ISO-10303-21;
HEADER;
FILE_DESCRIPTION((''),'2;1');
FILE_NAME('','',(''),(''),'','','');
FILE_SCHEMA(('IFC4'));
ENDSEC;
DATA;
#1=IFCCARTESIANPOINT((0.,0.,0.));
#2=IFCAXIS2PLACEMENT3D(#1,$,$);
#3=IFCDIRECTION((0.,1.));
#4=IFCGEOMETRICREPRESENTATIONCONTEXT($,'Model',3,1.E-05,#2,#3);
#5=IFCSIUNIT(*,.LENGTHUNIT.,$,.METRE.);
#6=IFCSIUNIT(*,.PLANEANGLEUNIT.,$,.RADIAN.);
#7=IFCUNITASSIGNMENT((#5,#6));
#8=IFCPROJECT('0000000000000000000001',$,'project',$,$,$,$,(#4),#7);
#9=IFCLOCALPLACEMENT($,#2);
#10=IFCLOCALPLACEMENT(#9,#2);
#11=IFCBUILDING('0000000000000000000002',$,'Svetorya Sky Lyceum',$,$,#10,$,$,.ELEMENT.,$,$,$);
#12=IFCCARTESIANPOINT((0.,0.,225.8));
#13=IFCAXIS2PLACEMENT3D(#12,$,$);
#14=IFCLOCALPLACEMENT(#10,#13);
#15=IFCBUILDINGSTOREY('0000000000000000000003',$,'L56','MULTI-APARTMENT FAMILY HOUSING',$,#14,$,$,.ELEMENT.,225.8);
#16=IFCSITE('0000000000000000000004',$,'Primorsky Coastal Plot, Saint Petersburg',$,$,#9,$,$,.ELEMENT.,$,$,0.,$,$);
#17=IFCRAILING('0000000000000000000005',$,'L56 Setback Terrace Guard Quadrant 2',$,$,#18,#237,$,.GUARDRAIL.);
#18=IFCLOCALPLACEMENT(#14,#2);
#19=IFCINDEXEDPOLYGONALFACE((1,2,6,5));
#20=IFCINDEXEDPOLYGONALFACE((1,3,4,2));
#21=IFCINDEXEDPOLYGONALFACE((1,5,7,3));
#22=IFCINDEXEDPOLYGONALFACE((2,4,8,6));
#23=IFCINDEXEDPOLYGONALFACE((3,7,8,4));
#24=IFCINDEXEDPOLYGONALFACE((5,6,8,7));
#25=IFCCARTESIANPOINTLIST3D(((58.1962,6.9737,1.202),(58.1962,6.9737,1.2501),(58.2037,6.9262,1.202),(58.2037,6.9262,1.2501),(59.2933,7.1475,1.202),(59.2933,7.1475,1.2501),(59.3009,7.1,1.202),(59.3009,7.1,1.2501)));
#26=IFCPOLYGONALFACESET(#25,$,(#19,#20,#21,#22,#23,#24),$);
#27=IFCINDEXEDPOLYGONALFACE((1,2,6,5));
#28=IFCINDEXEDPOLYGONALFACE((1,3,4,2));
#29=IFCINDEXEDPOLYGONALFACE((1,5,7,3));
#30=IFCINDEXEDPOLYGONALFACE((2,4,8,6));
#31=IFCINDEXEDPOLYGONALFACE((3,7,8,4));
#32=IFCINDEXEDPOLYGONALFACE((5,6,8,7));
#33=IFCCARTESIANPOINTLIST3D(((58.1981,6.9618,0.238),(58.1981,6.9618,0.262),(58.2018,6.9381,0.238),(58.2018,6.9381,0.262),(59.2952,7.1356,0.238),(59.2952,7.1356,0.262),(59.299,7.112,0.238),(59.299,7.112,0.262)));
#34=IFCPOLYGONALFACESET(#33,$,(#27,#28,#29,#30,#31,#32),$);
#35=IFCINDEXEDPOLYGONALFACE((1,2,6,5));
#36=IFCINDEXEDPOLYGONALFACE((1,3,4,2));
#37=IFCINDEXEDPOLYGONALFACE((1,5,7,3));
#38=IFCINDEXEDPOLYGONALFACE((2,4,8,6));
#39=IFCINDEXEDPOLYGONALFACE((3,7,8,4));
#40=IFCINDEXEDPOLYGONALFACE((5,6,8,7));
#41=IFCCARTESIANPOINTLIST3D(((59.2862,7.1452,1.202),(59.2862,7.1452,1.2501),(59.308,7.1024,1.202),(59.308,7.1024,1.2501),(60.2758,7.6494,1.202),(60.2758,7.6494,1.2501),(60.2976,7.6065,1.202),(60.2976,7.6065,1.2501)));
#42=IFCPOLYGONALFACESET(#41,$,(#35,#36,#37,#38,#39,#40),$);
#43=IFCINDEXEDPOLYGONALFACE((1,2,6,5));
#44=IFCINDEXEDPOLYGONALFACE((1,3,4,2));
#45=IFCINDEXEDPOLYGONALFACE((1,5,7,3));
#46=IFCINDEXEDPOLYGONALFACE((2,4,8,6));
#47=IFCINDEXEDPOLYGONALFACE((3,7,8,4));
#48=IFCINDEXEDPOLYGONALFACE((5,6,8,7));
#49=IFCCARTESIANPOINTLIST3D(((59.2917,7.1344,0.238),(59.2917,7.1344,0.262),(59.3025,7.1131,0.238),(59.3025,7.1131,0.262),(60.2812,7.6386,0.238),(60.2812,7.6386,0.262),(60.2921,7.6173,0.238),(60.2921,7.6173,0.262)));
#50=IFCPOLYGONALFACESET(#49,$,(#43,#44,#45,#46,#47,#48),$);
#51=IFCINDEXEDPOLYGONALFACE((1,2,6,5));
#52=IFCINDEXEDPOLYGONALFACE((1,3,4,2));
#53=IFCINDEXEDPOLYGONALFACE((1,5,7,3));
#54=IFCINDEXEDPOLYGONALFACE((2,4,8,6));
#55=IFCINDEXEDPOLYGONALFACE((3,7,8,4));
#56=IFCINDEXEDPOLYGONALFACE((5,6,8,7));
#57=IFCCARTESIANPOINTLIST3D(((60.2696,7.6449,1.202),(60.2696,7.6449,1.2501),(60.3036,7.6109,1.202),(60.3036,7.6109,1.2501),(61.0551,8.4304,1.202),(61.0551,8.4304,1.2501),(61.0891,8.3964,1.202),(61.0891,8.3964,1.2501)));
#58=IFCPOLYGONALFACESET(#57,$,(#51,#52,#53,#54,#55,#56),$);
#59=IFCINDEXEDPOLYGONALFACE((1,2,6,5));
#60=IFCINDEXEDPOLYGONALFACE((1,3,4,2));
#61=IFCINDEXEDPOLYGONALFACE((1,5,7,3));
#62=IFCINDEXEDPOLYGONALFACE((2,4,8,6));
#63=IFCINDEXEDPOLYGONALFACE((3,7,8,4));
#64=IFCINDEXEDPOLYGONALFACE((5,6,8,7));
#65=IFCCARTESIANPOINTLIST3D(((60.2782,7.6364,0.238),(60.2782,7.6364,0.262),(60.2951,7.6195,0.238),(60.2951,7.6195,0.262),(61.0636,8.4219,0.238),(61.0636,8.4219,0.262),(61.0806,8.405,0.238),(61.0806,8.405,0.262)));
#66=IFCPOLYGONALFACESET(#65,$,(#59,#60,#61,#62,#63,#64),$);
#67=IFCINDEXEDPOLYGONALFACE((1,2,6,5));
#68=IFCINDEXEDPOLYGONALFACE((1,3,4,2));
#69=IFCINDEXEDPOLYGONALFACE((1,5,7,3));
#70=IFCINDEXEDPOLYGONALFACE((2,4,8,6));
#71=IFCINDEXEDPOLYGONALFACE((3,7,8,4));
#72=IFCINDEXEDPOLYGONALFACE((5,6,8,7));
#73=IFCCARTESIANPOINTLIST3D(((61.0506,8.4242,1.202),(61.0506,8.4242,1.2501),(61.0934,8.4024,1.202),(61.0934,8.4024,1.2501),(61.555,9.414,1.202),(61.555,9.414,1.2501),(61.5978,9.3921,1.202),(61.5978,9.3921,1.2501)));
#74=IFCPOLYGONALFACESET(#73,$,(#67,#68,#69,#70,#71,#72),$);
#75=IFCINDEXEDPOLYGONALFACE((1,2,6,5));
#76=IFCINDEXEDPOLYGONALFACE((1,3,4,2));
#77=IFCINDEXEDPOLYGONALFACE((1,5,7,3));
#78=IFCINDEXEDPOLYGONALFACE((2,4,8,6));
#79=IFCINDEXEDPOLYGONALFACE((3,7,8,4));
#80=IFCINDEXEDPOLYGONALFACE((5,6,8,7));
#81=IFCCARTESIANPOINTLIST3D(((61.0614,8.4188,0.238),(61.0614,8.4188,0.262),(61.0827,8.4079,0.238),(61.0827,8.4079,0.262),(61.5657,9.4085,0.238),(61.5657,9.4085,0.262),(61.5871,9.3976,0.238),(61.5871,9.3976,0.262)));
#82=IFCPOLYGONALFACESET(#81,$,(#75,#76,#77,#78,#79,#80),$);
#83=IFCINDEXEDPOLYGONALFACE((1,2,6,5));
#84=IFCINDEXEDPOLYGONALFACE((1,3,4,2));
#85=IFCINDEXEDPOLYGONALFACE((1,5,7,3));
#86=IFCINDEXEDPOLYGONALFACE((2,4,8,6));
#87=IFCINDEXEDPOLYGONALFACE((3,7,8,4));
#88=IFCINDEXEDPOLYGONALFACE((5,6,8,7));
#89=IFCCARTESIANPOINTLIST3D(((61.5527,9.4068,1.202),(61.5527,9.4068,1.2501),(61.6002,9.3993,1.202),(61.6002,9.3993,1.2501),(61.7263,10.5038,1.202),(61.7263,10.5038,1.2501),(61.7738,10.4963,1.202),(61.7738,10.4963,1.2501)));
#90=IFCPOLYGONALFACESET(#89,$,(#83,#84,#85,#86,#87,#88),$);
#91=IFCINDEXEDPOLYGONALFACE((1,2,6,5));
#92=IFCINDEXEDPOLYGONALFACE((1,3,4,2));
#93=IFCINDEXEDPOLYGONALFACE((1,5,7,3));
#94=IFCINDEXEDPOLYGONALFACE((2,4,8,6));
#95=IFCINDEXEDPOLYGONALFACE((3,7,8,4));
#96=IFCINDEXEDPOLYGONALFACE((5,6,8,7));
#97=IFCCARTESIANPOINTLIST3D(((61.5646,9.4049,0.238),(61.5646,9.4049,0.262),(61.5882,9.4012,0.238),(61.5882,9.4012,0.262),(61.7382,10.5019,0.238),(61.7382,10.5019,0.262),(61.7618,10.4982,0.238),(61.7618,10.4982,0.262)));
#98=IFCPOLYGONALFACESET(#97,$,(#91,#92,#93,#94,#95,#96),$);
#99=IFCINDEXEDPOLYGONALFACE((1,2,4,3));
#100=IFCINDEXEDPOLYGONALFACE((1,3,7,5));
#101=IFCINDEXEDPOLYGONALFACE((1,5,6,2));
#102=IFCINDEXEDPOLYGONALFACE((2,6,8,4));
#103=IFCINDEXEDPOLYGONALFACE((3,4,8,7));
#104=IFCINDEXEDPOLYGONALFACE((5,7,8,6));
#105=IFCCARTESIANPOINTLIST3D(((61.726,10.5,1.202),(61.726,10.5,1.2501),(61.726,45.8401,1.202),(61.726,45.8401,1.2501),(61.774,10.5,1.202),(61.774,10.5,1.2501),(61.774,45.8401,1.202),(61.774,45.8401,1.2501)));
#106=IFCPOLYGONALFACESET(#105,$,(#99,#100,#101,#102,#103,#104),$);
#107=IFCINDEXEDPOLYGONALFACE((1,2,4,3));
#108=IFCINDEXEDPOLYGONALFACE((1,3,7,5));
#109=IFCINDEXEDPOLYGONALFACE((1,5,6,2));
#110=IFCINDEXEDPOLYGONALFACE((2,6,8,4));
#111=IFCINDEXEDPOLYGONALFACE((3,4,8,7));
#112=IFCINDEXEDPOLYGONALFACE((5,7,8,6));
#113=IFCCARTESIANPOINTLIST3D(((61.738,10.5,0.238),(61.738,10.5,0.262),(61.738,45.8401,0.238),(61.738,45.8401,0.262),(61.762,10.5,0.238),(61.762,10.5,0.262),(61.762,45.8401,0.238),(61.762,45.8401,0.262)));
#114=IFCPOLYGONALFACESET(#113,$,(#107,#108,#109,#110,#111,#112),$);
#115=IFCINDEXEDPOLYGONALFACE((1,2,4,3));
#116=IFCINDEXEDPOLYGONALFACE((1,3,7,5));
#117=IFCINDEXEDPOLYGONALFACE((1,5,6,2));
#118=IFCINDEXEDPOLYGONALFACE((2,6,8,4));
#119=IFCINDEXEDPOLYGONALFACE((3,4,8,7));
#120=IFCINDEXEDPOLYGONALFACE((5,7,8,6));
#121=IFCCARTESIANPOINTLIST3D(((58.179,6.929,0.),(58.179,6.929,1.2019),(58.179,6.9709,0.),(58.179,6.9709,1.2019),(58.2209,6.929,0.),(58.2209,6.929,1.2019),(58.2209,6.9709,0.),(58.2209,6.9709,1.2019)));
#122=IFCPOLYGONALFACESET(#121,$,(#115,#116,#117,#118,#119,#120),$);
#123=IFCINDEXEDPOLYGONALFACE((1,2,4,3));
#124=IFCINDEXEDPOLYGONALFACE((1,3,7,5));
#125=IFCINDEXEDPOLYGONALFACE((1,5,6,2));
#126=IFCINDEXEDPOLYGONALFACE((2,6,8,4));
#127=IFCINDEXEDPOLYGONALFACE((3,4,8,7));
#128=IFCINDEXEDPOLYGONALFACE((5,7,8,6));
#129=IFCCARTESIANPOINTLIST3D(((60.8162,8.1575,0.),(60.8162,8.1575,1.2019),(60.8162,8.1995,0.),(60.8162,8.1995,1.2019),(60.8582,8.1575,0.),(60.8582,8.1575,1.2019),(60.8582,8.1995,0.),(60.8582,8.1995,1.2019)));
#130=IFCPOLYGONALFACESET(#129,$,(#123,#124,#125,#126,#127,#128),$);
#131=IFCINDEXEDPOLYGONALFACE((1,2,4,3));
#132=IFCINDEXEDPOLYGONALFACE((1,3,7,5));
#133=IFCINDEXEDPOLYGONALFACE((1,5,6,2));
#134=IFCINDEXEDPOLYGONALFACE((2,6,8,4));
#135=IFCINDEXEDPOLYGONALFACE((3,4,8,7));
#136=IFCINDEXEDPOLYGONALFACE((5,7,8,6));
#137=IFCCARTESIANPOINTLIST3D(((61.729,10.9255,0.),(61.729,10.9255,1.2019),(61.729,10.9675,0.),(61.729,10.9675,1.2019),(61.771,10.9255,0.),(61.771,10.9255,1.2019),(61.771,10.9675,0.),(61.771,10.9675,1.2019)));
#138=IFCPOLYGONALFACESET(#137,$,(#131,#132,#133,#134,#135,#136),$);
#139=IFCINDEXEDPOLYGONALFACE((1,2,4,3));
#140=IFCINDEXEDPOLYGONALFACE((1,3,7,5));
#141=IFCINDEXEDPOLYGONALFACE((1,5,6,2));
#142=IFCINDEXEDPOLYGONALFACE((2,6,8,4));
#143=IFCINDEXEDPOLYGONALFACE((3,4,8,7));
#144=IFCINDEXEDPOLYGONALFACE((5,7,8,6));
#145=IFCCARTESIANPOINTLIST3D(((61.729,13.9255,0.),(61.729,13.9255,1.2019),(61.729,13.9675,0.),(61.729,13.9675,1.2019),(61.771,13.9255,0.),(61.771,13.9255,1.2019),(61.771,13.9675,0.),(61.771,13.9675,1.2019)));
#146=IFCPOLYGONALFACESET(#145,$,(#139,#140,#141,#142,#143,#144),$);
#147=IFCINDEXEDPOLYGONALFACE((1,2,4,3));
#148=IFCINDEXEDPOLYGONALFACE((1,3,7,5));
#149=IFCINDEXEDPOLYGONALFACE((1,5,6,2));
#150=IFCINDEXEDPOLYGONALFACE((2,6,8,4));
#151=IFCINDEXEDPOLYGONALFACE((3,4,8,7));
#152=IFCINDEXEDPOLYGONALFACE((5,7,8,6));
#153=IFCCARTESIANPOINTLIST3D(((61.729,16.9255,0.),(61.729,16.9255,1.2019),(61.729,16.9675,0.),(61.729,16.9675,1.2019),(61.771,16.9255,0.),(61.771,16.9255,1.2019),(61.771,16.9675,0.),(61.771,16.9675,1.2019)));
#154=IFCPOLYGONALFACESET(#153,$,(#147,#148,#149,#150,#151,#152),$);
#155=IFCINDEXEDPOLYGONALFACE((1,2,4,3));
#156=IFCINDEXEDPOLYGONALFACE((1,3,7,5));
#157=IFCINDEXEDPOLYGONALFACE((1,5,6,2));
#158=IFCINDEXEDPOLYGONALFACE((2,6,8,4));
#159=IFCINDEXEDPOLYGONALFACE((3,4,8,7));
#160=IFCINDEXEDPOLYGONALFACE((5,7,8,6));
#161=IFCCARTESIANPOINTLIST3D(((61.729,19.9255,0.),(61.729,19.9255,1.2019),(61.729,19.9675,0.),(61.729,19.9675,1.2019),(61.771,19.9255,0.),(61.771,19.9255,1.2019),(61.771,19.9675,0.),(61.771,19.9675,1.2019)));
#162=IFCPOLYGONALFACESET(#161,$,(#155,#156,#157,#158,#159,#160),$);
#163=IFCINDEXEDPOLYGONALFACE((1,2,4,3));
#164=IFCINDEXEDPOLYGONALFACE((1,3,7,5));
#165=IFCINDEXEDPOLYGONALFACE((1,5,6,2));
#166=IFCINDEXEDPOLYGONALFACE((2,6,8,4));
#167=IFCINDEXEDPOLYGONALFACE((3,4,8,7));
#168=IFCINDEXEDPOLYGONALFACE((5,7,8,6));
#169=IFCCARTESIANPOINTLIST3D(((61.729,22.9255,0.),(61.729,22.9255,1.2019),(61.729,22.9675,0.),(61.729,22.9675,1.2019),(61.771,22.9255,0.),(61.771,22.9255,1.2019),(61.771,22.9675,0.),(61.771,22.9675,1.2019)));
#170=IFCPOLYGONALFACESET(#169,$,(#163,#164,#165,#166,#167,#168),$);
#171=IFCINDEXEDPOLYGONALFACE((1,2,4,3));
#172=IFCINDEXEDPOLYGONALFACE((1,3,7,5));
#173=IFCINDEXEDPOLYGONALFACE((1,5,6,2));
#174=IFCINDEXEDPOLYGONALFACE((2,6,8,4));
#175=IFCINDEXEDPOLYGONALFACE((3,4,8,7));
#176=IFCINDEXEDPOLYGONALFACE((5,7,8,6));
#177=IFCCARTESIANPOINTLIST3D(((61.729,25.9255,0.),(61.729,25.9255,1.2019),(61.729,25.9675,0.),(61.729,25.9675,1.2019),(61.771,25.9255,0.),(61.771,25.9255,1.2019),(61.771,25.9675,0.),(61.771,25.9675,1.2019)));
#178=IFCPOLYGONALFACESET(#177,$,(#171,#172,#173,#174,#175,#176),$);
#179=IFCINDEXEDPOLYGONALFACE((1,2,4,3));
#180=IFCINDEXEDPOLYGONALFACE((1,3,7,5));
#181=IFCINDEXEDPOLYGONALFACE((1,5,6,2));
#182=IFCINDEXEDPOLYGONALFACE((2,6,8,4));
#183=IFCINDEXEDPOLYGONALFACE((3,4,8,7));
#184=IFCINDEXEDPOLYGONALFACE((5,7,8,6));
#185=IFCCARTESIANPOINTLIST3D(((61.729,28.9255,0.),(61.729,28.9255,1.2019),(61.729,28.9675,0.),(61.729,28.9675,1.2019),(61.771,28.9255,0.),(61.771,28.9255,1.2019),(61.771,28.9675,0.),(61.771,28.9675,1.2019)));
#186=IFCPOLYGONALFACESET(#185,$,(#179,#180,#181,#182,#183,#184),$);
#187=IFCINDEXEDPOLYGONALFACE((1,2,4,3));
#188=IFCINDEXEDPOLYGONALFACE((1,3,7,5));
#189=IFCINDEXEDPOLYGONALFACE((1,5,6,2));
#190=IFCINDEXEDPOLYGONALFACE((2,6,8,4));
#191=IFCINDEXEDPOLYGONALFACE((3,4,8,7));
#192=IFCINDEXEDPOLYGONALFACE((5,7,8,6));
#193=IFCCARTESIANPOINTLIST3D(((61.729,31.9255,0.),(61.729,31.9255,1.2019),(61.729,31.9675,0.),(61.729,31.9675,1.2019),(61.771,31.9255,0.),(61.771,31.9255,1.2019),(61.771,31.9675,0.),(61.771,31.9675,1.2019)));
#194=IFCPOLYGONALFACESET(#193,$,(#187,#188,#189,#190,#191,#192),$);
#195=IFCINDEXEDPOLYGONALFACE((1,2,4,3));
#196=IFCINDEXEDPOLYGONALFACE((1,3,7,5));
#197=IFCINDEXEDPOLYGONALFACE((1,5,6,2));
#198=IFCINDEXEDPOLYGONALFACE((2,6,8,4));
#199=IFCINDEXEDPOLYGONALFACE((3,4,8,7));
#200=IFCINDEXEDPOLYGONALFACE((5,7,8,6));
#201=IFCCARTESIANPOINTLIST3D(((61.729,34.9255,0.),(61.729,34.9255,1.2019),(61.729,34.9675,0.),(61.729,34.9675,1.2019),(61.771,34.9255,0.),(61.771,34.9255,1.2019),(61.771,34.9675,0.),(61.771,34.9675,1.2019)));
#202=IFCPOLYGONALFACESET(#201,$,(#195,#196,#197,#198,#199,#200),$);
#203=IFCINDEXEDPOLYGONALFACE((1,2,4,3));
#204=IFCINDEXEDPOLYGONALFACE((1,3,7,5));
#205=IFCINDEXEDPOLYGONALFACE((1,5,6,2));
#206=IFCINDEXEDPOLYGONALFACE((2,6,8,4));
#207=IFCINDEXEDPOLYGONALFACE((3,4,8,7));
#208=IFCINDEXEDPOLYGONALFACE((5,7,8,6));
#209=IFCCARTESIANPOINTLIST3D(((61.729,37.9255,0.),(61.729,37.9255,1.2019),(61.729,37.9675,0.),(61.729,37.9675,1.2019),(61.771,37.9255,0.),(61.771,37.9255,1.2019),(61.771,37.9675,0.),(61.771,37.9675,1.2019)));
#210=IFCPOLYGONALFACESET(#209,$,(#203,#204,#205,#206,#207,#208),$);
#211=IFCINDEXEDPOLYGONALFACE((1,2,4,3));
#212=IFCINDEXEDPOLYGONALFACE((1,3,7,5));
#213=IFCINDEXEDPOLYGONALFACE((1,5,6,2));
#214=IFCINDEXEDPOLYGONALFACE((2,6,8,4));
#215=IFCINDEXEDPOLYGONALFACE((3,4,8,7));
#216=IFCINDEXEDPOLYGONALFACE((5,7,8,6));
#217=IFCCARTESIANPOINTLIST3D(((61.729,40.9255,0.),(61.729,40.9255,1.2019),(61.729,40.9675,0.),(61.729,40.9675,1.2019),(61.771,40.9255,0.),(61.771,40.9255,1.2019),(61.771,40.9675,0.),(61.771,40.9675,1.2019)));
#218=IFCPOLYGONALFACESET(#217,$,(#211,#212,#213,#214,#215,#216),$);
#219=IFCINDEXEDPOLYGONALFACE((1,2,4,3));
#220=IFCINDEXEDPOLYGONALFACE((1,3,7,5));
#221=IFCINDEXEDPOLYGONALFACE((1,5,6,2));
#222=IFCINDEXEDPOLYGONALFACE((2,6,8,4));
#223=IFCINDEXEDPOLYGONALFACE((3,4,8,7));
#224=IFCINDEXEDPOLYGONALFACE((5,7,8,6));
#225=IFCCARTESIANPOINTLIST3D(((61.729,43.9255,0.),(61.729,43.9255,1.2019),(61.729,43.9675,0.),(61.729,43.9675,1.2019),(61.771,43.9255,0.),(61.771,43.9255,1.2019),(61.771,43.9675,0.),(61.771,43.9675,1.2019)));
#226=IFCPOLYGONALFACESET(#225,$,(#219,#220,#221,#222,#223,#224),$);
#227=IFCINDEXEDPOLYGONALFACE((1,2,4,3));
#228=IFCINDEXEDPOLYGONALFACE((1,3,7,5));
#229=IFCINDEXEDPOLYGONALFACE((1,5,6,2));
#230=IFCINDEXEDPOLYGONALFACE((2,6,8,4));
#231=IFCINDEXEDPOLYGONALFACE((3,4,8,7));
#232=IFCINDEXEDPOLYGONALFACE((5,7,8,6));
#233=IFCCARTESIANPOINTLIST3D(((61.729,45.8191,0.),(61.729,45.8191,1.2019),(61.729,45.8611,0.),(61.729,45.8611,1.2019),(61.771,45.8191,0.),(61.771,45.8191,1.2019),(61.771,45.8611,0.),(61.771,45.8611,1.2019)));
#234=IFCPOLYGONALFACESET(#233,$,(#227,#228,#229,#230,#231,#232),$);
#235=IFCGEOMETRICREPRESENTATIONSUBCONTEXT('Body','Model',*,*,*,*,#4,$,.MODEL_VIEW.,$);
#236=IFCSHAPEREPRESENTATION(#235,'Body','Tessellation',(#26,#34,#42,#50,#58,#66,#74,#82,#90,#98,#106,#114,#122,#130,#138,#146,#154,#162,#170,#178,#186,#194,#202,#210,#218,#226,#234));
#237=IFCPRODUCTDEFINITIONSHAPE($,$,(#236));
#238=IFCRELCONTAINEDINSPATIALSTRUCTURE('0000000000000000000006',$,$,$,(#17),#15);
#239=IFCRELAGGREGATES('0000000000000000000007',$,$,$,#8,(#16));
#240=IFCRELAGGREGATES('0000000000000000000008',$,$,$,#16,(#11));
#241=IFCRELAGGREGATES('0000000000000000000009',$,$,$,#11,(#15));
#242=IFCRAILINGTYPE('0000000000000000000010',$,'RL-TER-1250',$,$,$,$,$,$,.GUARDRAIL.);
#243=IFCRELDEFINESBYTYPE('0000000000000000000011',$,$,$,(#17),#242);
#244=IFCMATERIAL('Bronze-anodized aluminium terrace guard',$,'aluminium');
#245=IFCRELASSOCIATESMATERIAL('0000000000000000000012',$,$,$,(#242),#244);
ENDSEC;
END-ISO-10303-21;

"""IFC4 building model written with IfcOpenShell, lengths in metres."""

from ifc_helpers import new_model, si_unit, direction, frame, origin, origin_2d, place, context, subcontext, project, spatial, rectangle, extrude, material, type_object, element, save


model = new_model("IFC4")

# Units and contexts
model_context = context("Model", 3, precision=1e-05, world=origin(), true_north=direction((0.0, 1.0)))
body_context = subcontext(model_context, "Body", "Model", "MODEL_VIEW")
ifc_project = project(units=[si_unit("LENGTHUNIT", "METRE"), si_unit("PLANEANGLEUNIT", "RADIAN")], contexts=[model_context])

# Site, building, storey
site_placement = place(None, origin())
site = spatial("IfcSite", under=ifc_project, at=site_placement, Name="Primorsky Coastal Plot, Saint Petersburg", CompositionType="ELEMENT", RefElevation=0.0)
building_placement = place(site_placement, origin())
building = spatial("IfcBuilding", under=site, at=building_placement, Name="Svetorya Sky Lyceum", CompositionType="ELEMENT")
storey_placement = place(building_placement, frame((0.0, 0.0, 225.8)))
storey = spatial("IfcBuildingStorey", under=building, at=storey_placement, Name="L56", Description="MULTI-APARTMENT FAMILY HOUSING", CompositionType="ELEMENT", Elevation=225.8)

# Railing
ifc_material_1 = material(Name="Bronze-anodized aluminium terrace guard", Category="aluminium")
railing_type = type_object("IfcRailingType", Name="RL-TER-1250", PredefinedType="GUARDRAIL", material=ifc_material_1)
railing_placement = place(storey_placement, frame((58.2, 6.95, 0.0)))
element("IfcRailing", 1, at=railing_placement, inside=storey, type_object=railing_type, Name="L56 Setback Terrace Guard Quadrant 2", PredefinedType="GUARDRAIL", context=body_context, shape_type="SweptSolid", body=[
    extrude(rectangle(XDim=0.0481, YDim=0.0481, at=origin_2d()), frame((0.0, 0.0, 1.2261), z_axis=(0.987681, 0.156482, 0.0), x_axis=(-0.156482, 0.987681, 0.0)), (0.0, 0.0, 1.0), 1.1108),
    extrude(rectangle(XDim=0.0239, YDim=0.0239, at=origin_2d()), frame((0.0, 0.0, 0.25), z_axis=(0.987681, 0.156482, 0.0), x_axis=(-0.156482, 0.987681, 0.0)), (0.0, 0.0, 1.0), 1.1108),
    extrude(rectangle(XDim=0.0481, YDim=0.0481, at=origin_2d()), frame((1.0972, 0.1738, 1.2261), z_axis=(0.891016, 0.453972, 0.0), x_axis=(-0.453972, 0.891016, 0.0)), (0.0, 0.0, 1.0), 1.1106),
    extrude(rectangle(XDim=0.0239, YDim=0.0239, at=origin_2d()), frame((1.0972, 0.1738, 0.25), z_axis=(0.891016, 0.453972, 0.0), x_axis=(-0.453972, 0.891016, 0.0)), (0.0, 0.0, 1.0), 1.1106),
    extrude(rectangle(XDim=0.0481, YDim=0.0481, at=origin_2d()), frame((2.0867, 0.678, 1.2261), z_axis=(0.707107, 0.707107, 0.0), x_axis=(-0.707107, 0.707107, 0.0)), (0.0, 0.0, 1.0), 1.1108),
    extrude(rectangle(XDim=0.0239, YDim=0.0239, at=origin_2d()), frame((2.0867, 0.678, 0.25), z_axis=(0.707107, 0.707107, 0.0), x_axis=(-0.707107, 0.707107, 0.0)), (0.0, 0.0, 1.0), 1.1108),
    extrude(rectangle(XDim=0.0481, YDim=0.0481, at=origin_2d()), frame((2.8721, 1.4634, 1.2261), z_axis=(0.454057, 0.890972, 0.0), x_axis=(-0.890972, 0.454057, 0.0)), (0.0, 0.0, 1.0), 1.1108),
    extrude(rectangle(XDim=0.0239, YDim=0.0239, at=origin_2d()), frame((2.8721, 1.4634, 0.25), z_axis=(0.454057, 0.890972, 0.0), x_axis=(-0.890972, 0.454057, 0.0)), (0.0, 0.0, 1.0), 1.1108),
    extrude(rectangle(XDim=0.0481, YDim=0.0481, at=origin_2d()), frame((3.3765, 2.4531, 1.2261), z_axis=(0.156301, 0.987709, 0.0), x_axis=(-0.987709, 0.156301, 0.0)), (0.0, 0.0, 1.0), 1.1106),
    extrude(rectangle(XDim=0.0239, YDim=0.0239, at=origin_2d()), frame((3.3765, 2.4531, 0.25), z_axis=(0.156301, 0.987709, 0.0), x_axis=(-0.987709, 0.156301, 0.0)), (0.0, 0.0, 1.0), 1.1106),
    extrude(rectangle(XDim=0.0481, YDim=0.0481, at=origin_2d()), frame((3.55, 3.55, 1.2261), z_axis=(0.0, 1.0, 0.0), x_axis=(-1.0, 0.0, 0.0)), (0.0, 0.0, 1.0), 35.3401),
    extrude(rectangle(XDim=0.0239, YDim=0.0239, at=origin_2d()), frame((3.55, 3.55, 0.25), z_axis=(0.0, 1.0, 0.0), x_axis=(-1.0, 0.0, 0.0)), (0.0, 0.0, 1.0), 35.3401),
    extrude(rectangle(XDim=0.042, YDim=0.042, at=origin_2d()), origin(), (0.0, 0.0, 1.0), 1.2019),
    extrude(rectangle(XDim=0.042, YDim=0.042, at=origin_2d()), frame((2.6372, 1.2285, 0.0)), (0.0, 0.0, 1.0), 1.2019),
    extrude(rectangle(XDim=0.042, YDim=0.042, at=origin_2d()), frame((3.55, 3.9966, 0.0)), (0.0, 0.0, 1.0), 1.2019),
    extrude(rectangle(XDim=0.042, YDim=0.042, at=origin_2d()), frame((3.55, 6.9966, 0.0)), (0.0, 0.0, 1.0), 1.2019),
    extrude(rectangle(XDim=0.042, YDim=0.042, at=origin_2d()), frame((3.55, 9.9966, 0.0)), (0.0, 0.0, 1.0), 1.2019),
    extrude(rectangle(XDim=0.042, YDim=0.042, at=origin_2d()), frame((3.55, 12.9966, 0.0)), (0.0, 0.0, 1.0), 1.2019),
    extrude(rectangle(XDim=0.042, YDim=0.042, at=origin_2d()), frame((3.55, 15.9966, 0.0)), (0.0, 0.0, 1.0), 1.2019),
    extrude(rectangle(XDim=0.042, YDim=0.042, at=origin_2d()), frame((3.55, 18.9966, 0.0)), (0.0, 0.0, 1.0), 1.2019),
    extrude(rectangle(XDim=0.042, YDim=0.042, at=origin_2d()), frame((3.55, 21.9966, 0.0)), (0.0, 0.0, 1.0), 1.2019),
    extrude(rectangle(XDim=0.042, YDim=0.042, at=origin_2d()), frame((3.55, 24.9966, 0.0)), (0.0, 0.0, 1.0), 1.2019),
    extrude(rectangle(XDim=0.042, YDim=0.042, at=origin_2d()), frame((3.55, 27.9966, 0.0)), (0.0, 0.0, 1.0), 1.2019),
    extrude(rectangle(XDim=0.042, YDim=0.042, at=origin_2d()), frame((3.55, 30.9966, 0.0)), (0.0, 0.0, 1.0), 1.2019),
    extrude(rectangle(XDim=0.042, YDim=0.042, at=origin_2d()), frame((3.55, 33.9966, 0.0)), (0.0, 0.0, 1.0), 1.2019),
    extrude(rectangle(XDim=0.042, YDim=0.042, at=origin_2d()), frame((3.55, 36.9966, 0.0)), (0.0, 0.0, 1.0), 1.2019),
    extrude(rectangle(XDim=0.042, YDim=0.042, at=origin_2d()), frame((3.55, 38.8901, 0.0)), (0.0, 0.0, 1.0), 1.2019),
])

save(model, "model.ifc")
